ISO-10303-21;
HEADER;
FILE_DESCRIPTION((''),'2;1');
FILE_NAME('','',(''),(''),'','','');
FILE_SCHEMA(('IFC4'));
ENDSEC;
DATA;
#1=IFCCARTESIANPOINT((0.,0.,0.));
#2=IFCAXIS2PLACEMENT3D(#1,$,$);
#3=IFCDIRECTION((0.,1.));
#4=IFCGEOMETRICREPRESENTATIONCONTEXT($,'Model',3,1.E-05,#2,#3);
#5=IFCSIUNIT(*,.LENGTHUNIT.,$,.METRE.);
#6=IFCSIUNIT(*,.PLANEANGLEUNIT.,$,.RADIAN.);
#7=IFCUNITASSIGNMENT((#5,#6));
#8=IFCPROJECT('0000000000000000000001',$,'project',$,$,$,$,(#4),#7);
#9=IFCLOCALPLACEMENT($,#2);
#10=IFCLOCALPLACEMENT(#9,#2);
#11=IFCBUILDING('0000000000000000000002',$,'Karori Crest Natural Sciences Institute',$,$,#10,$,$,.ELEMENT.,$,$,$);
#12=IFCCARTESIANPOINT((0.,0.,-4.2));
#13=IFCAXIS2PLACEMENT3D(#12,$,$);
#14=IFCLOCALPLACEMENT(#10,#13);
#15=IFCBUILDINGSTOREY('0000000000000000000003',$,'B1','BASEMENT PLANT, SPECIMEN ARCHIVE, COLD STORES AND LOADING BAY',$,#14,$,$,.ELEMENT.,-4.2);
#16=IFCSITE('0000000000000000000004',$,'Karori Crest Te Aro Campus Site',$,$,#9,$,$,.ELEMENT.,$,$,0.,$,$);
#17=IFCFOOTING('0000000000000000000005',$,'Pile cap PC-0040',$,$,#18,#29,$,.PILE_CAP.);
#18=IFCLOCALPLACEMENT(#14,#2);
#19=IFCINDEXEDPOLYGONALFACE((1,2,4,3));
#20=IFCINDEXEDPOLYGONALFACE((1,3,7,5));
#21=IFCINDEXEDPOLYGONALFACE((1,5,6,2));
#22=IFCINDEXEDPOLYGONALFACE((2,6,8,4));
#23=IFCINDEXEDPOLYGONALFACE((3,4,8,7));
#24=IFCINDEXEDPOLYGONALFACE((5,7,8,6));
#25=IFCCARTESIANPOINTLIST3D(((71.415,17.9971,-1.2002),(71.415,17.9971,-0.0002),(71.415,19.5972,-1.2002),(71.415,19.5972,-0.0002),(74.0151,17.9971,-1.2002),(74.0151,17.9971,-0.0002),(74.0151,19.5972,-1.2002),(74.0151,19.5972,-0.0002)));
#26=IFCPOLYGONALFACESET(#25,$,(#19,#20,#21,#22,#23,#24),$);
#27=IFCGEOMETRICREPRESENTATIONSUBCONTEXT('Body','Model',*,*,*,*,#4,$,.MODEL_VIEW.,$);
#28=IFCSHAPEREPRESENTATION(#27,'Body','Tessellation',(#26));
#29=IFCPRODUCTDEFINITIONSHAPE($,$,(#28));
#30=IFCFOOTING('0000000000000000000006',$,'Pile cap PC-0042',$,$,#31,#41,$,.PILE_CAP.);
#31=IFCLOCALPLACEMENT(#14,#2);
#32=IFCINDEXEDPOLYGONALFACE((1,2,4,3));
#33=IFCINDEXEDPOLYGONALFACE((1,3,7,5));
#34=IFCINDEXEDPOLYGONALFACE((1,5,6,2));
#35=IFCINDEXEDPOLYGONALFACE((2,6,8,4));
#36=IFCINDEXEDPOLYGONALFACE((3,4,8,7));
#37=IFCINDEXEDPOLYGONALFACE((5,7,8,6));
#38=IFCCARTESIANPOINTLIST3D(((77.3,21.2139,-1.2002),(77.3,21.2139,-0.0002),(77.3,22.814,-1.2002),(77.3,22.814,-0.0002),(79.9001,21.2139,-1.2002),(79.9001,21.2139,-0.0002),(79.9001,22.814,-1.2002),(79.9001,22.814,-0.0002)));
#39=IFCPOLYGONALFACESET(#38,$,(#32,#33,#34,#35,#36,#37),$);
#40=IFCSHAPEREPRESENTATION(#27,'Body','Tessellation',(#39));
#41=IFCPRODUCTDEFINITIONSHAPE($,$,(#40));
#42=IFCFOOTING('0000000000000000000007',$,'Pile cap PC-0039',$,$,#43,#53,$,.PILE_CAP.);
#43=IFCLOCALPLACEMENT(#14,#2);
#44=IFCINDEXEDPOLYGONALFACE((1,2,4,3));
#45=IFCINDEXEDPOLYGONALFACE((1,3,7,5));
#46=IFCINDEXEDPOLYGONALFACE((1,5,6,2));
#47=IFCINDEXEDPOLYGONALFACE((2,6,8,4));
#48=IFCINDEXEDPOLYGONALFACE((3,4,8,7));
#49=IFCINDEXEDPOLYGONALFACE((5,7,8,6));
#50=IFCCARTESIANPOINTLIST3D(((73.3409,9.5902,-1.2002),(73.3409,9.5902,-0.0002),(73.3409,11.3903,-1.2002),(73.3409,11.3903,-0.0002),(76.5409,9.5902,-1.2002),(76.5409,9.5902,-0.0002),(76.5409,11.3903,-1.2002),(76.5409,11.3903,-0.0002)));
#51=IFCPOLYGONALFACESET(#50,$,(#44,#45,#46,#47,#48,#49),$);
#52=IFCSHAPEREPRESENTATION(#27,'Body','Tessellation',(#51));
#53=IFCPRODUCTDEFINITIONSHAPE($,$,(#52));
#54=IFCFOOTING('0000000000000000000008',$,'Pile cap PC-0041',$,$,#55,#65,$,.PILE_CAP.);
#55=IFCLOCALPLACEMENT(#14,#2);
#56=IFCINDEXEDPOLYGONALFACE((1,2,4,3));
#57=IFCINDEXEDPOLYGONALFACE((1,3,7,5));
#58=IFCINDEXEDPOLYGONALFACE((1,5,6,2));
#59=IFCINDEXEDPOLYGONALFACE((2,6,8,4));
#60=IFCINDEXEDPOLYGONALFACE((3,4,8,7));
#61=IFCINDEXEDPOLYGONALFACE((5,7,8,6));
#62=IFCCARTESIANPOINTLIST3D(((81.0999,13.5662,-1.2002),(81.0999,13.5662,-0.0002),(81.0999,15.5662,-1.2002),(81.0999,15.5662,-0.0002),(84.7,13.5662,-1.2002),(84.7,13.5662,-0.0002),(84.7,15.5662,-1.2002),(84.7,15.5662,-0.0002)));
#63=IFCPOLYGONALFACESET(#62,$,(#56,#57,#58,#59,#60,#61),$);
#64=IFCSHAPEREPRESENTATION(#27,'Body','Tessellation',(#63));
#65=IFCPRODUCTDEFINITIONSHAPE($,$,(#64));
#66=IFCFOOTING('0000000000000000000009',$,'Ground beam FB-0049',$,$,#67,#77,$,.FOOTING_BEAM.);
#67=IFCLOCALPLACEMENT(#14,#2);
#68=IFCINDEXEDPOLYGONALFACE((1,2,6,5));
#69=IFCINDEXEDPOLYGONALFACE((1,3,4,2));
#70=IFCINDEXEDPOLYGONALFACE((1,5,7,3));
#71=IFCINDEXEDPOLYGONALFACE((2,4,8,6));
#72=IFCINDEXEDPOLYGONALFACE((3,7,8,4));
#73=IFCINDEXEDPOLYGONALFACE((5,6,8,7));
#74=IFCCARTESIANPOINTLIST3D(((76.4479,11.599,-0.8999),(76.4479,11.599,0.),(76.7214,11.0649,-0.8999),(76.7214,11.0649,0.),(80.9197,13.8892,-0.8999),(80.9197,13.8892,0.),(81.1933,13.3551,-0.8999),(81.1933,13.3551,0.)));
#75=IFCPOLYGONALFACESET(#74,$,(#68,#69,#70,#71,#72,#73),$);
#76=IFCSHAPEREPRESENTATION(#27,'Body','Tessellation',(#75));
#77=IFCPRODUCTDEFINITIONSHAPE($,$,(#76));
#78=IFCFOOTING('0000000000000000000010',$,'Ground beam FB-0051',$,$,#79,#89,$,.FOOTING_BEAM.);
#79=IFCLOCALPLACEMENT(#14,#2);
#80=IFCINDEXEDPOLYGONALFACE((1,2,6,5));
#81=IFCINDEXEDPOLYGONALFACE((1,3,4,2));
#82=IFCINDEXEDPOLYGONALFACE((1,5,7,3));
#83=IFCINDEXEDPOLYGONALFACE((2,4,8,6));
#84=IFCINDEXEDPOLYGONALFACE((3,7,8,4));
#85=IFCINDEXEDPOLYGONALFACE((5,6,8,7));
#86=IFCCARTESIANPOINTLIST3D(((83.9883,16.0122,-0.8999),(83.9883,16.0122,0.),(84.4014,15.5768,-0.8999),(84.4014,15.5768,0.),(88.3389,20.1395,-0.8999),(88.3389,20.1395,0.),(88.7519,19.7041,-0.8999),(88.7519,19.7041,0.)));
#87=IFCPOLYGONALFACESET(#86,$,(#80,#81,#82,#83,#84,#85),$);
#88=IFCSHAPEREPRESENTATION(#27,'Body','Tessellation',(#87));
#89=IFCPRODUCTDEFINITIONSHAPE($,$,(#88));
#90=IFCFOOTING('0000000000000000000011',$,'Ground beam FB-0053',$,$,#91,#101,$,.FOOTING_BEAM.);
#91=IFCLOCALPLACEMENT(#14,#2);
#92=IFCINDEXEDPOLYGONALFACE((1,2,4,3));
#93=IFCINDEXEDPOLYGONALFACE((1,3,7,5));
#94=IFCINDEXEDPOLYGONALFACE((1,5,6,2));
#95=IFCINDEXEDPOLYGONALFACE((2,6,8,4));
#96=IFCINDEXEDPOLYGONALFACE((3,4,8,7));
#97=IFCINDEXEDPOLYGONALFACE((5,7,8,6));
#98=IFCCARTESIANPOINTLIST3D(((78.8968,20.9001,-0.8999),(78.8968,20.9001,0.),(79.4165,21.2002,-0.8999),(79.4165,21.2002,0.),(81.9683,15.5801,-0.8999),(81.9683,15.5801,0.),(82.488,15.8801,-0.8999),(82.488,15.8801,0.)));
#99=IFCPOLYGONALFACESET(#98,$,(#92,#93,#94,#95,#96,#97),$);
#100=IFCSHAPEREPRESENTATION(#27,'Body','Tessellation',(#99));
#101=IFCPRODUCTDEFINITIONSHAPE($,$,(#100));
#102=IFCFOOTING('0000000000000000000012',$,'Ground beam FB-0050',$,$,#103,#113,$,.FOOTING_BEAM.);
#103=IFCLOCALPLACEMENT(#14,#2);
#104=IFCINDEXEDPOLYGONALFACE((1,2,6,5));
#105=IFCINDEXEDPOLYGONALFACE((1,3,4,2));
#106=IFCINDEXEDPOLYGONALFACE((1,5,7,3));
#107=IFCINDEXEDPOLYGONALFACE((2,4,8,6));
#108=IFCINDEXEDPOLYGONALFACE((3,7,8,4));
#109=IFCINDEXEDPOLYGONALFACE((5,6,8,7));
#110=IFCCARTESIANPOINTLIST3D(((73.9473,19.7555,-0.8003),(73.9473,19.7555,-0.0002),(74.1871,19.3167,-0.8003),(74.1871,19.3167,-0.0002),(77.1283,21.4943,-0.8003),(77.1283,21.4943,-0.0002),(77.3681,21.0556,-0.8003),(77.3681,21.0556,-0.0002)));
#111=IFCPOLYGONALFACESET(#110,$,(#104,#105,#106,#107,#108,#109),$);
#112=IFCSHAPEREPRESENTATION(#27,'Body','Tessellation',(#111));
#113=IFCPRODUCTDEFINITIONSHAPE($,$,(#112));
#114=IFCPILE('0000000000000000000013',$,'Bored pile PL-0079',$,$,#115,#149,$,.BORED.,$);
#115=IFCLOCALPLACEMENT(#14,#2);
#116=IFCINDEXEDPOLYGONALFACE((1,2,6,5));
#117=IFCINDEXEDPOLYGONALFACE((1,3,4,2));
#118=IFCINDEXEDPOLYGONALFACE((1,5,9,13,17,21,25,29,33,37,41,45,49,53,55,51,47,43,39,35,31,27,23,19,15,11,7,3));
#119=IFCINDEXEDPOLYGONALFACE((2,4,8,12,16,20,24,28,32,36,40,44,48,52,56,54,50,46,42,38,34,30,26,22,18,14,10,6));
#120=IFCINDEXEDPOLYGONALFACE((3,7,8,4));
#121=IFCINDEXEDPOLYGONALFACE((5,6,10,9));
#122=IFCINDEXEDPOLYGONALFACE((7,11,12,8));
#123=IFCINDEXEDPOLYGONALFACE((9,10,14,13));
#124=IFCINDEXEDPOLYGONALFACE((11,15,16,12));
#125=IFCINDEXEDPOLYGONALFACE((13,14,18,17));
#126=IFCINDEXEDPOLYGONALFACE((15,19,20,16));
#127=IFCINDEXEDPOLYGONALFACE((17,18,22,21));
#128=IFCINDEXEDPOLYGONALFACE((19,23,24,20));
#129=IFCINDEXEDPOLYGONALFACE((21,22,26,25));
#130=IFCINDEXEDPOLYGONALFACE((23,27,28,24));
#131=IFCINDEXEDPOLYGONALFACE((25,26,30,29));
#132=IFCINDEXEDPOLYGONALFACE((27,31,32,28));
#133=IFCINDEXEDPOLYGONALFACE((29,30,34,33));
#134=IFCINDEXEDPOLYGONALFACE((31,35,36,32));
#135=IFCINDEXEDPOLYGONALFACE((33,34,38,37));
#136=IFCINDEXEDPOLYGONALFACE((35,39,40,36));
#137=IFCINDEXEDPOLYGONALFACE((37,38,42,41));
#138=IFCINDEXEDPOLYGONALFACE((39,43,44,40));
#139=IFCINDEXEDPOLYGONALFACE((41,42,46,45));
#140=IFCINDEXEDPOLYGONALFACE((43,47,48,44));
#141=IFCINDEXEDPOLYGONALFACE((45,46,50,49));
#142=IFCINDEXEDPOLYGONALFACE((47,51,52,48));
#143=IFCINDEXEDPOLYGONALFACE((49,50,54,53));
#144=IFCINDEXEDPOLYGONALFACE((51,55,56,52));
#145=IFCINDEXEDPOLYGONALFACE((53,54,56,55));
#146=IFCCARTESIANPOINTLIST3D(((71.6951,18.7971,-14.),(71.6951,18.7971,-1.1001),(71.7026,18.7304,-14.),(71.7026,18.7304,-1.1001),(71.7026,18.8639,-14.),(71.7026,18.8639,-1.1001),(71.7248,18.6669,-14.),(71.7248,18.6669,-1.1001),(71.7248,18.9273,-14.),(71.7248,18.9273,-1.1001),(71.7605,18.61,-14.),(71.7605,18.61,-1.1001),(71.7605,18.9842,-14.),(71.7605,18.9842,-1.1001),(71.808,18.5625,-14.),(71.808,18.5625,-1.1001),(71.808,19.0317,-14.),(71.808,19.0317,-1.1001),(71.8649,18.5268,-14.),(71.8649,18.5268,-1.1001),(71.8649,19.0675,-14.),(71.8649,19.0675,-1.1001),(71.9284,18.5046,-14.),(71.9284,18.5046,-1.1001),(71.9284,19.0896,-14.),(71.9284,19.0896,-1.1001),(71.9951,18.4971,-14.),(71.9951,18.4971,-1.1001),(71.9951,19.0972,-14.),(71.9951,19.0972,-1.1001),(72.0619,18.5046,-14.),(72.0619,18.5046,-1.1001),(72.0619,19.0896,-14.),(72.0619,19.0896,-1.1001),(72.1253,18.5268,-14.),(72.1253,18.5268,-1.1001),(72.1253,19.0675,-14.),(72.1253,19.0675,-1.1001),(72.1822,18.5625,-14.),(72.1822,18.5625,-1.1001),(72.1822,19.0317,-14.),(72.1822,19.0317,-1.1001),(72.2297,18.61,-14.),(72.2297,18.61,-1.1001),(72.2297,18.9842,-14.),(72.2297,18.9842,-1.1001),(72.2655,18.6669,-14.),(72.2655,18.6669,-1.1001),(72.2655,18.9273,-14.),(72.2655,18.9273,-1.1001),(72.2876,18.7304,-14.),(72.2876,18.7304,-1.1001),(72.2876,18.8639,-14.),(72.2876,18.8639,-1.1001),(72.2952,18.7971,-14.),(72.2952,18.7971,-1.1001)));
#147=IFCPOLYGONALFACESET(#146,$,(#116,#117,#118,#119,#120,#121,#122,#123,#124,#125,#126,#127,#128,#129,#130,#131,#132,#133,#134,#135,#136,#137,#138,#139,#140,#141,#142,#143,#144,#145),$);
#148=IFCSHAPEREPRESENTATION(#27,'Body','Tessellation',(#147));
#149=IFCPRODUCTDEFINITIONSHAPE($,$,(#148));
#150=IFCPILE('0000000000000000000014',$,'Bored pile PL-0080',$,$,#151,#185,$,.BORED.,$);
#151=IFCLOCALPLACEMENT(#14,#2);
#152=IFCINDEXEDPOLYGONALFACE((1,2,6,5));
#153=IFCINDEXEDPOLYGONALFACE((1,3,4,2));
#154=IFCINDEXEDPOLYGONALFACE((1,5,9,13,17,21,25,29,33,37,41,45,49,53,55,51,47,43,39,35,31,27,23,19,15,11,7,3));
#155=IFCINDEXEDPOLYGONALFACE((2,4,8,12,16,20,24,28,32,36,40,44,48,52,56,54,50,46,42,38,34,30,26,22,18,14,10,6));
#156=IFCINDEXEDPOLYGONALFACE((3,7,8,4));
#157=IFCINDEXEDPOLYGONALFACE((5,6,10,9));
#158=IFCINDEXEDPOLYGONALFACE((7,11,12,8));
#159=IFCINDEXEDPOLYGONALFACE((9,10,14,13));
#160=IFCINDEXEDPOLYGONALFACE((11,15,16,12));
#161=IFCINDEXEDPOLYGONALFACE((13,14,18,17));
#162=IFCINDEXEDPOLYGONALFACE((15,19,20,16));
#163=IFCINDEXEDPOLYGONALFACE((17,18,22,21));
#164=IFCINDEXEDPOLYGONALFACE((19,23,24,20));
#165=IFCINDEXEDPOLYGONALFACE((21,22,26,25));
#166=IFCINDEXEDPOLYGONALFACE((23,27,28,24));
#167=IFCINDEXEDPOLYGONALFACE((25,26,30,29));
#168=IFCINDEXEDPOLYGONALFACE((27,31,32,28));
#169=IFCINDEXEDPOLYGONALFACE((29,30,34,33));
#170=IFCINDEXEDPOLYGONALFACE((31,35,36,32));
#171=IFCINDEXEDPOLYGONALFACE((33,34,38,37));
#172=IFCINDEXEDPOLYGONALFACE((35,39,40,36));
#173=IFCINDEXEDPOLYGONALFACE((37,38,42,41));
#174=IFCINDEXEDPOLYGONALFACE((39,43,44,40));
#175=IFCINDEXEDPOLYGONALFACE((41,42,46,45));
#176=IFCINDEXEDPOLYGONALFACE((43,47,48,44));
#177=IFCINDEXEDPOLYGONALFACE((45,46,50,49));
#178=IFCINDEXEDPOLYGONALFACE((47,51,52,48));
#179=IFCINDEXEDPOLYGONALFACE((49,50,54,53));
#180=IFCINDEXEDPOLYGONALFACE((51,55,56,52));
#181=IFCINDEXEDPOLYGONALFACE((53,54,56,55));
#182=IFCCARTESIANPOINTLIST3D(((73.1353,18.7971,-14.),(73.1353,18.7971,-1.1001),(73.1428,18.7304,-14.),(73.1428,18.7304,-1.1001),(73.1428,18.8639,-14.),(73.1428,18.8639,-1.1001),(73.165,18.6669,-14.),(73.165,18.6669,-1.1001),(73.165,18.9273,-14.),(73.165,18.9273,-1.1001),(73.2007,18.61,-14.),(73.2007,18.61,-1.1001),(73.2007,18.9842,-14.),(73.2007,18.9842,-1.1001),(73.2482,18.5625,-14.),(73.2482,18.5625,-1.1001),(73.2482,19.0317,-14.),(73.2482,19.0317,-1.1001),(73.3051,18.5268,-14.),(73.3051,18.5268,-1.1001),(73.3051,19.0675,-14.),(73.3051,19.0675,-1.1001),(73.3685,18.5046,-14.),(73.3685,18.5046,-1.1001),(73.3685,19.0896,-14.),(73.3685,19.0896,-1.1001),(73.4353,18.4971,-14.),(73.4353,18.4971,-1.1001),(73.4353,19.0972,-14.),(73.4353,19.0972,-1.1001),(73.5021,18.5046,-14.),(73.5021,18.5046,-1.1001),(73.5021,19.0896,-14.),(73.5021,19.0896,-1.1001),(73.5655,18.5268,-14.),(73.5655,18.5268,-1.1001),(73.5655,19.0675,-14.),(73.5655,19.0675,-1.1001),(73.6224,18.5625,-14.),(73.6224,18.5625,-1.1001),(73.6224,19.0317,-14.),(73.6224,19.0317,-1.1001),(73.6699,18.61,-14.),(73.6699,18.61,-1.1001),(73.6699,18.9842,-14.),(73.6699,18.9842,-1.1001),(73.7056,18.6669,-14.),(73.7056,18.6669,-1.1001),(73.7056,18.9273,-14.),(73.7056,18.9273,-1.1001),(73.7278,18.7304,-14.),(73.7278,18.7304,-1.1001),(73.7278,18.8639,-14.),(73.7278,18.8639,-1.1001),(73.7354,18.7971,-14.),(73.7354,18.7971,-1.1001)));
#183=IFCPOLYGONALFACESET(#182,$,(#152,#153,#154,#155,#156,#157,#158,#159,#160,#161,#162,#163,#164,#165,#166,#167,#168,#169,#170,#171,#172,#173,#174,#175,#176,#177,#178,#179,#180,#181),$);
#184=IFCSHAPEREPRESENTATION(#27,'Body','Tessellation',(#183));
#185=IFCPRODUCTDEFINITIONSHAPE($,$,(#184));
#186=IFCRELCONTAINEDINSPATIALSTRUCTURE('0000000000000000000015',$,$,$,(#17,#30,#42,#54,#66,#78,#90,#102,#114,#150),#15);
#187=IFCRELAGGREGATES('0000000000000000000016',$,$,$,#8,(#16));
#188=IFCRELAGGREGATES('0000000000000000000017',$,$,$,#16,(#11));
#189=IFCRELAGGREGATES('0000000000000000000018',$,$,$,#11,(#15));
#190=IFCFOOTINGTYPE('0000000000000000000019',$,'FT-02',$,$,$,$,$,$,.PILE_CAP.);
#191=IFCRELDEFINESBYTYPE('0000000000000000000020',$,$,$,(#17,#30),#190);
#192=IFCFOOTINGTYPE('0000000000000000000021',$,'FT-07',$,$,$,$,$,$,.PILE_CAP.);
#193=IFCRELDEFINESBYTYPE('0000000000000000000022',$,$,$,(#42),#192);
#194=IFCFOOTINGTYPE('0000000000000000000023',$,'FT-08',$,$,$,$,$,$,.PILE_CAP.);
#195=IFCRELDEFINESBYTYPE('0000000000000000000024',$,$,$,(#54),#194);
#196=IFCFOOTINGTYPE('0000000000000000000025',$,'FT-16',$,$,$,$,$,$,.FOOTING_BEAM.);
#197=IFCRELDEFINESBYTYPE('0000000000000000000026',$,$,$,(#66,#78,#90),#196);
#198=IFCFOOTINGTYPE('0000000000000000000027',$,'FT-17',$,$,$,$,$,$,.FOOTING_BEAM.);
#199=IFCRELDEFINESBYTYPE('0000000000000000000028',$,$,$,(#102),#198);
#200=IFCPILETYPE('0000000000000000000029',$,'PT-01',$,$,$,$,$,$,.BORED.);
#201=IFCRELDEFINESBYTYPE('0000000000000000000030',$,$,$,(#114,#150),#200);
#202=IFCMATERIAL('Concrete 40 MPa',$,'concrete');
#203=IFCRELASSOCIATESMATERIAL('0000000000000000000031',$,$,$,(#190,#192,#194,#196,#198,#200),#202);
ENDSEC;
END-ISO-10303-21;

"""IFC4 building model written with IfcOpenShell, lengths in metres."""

from ifc_helpers import new_model, si_unit, direction, frame, origin, origin_2d, place, context, subcontext, project, spatial, rectangle, circle, extrude, material, material_profile, profile_set, type_object, element, save


model = new_model("IFC4")

# Units and contexts
model_context = context("Model", 3, precision=1e-05, world=origin(), true_north=direction((0.0, 1.0)))
body_context = subcontext(model_context, "Body", "Model", "MODEL_VIEW")
ifc_project = project(units=[si_unit("LENGTHUNIT", "METRE"), si_unit("PLANEANGLEUNIT", "RADIAN")], contexts=[model_context])

# Site, building, storey
site_placement = place(None, origin())
site = spatial("IfcSite", under=ifc_project, at=site_placement, Name="Karori Crest Te Aro Campus Site", CompositionType="ELEMENT", RefElevation=0.0)
building_placement = place(site_placement, origin())
building = spatial("IfcBuilding", under=site, at=building_placement, Name="Karori Crest Natural Sciences Institute", CompositionType="ELEMENT")
storey_placement = place(building_placement, frame((0.0, 0.0, -4.2)))
storey = spatial("IfcBuildingStorey", under=building, at=storey_placement, Name="B1", Description="BASEMENT PLANT, SPECIMEN ARCHIVE, COLD STORES AND LOADING BAY", CompositionType="ELEMENT", Elevation=-4.2)

# Footings
ifc_material_1 = material(Name="Concrete 40 MPa", Category="concrete")
footing_type_1 = type_object("IfcFootingType", Name="FT-02", PredefinedType="PILE_CAP", material=ifc_material_1)
for number, where, z_axis, x_axis, name in (
    (1, (72.7151, 18.7971, -1.2002), (0.0, 0.0, 1.0), (1.0, 0.0, 0.0), "Pile cap PC-0040"),
    (2, (78.6001, 22.0139, -1.2002), (0.0, 0.0, 1.0), (1.0, 0.0, 0.0), "Pile cap PC-0042"),
):
    element("IfcFooting", number, at=place(storey_placement, frame(where, z_axis=z_axis, x_axis=x_axis)), inside=storey, type_object=footing_type_1, Name=name, PredefinedType="PILE_CAP", context=body_context, shape_type="SweptSolid", body=[
        extrude(rectangle(XDim=2.6001, YDim=1.6001, at=origin_2d()), origin(), (0.0, 0.0, 1.0), 1.2),
    ])
footing_type_2 = type_object("IfcFootingType", Name="FT-07", PredefinedType="PILE_CAP", material=ifc_material_1)
footing_1_placement = place(storey_placement, frame((74.9409, 10.4902, -1.2002), z_axis=(0.0, 0.0, 1.0), x_axis=(1.0, 0.0, 0.0)))
element("IfcFooting", 3, at=footing_1_placement, inside=storey, type_object=footing_type_2, Name="Pile cap PC-0039", PredefinedType="PILE_CAP", context=body_context, shape_type="SweptSolid", body=[
    extrude(rectangle(XDim=3.2, YDim=1.8, at=origin_2d()), origin(), (0.0, 0.0, 1.0), 1.2),
])
footing_type_3 = type_object("IfcFootingType", Name="FT-08", PredefinedType="PILE_CAP", material=ifc_material_1)
footing_2_placement = place(storey_placement, frame((82.8999, 14.5662, -1.2002), z_axis=(0.0, 0.0, 1.0), x_axis=(1.0, 0.0, 0.0)))
element("IfcFooting", 4, at=footing_2_placement, inside=storey, type_object=footing_type_3, Name="Pile cap PC-0041", PredefinedType="PILE_CAP", context=body_context, shape_type="SweptSolid", body=[
    extrude(rectangle(XDim=3.6001, YDim=2.0, at=origin_2d()), origin(), (0.0, 0.0, 1.0), 1.2),
])
footing_type_4 = type_object("IfcFootingType", Name="FT-16", PredefinedType="FOOTING_BEAM", material=ifc_material_1)
footing_3_placement = place(storey_placement, frame((78.8206, 12.4771, -0.8999), z_axis=(0.0, 0.0, 1.0), x_axis=(0.890069, 0.455826, 0.0)))
element("IfcFooting", 5, at=footing_3_placement, inside=storey, type_object=footing_type_4, Name="Ground beam FB-0049", PredefinedType="FOOTING_BEAM", context=body_context, shape_type="SweptSolid", body=[
    extrude(rectangle(XDim=5.0242, YDim=0.6001, at=origin_2d()), origin(), (0.0, 0.0, 1.0), 0.8999),
])
footing_4_placement = place(storey_placement, frame((86.3701, 17.8582, -0.8999), z_axis=(0.0, 0.0, 1.0), x_axis=(0.725475, 0.688248, 0.0)))
element("IfcFooting", 6, at=footing_4_placement, inside=storey, type_object=footing_type_4, Name="Ground beam FB-0051", PredefinedType="FOOTING_BEAM", context=body_context, shape_type="SweptSolid", body=[
    extrude(rectangle(XDim=5.9968, YDim=0.6001, at=origin_2d()), origin(), (0.0, 0.0, 1.0), 0.8999),
])
footing_5_placement = place(storey_placement, frame((80.6924, 18.3901, -0.8999), z_axis=(0.0, 0.0, 1.0), x_axis=(-0.500002, 0.866025, 0.0)))
element("IfcFooting", 7, at=footing_5_placement, inside=storey, type_object=footing_type_4, Name="Ground beam FB-0053", PredefinedType="FOOTING_BEAM", context=body_context, shape_type="SweptSolid", body=[
    extrude(rectangle(XDim=6.1431, YDim=0.6001, at=origin_2d()), origin(), (0.0, 0.0, 1.0), 0.8999),
])
footing_type_5 = type_object("IfcFootingType", Name="FT-17", PredefinedType="FOOTING_BEAM", material=ifc_material_1)
footing_6_placement = place(storey_placement, frame((75.6577, 20.4055, -0.8003), z_axis=(0.0, 0.0, 1.0), x_axis=(0.877462, 0.479646, 0.0)))
element("IfcFooting", 8, at=footing_6_placement, inside=storey, type_object=footing_type_5, Name="Ground beam FB-0050", PredefinedType="FOOTING_BEAM", context=body_context, shape_type="SweptSolid", body=[
    extrude(rectangle(XDim=3.6252, YDim=0.5, at=origin_2d()), origin(), (0.0, 0.0, 1.0), 0.8),
])

# Piles
ifc_material_profile_1 = material_profile(ifc_material_1, circle(Radius=0.3, at=origin_2d()), Name="PILE600")
ifc_profile_set_1 = profile_set([ifc_material_profile_1], Name="Concrete 40 MPa")
pile_type_1 = type_object("IfcPileType", Name="PT-01", PredefinedType="BORED", material=ifc_profile_set_1)
for number, where, z_axis, x_axis, name in (
    (9, (71.9951, 18.7971, -1.1001), (0.0, 0.0, -1.0), (1.0, 0.0, 0.0), "Bored pile PL-0079"),
    (10, (73.4353, 18.7971, -1.1001), (0.0, 0.0, -1.0), (1.0, 0.0, 0.0), "Bored pile PL-0080"),
):
    element("IfcPile", number, at=place(storey_placement, frame(where, z_axis=z_axis, x_axis=x_axis)), inside=storey, type_object=pile_type_1, Name=name, PredefinedType="BORED", context=body_context, shape_type="SweptSolid", body=[
        extrude(circle(Radius=0.3, at=origin_2d()), origin(), (0.0, 0.0, 1.0), 12.8999),
    ])

save(model, "model.ifc")
